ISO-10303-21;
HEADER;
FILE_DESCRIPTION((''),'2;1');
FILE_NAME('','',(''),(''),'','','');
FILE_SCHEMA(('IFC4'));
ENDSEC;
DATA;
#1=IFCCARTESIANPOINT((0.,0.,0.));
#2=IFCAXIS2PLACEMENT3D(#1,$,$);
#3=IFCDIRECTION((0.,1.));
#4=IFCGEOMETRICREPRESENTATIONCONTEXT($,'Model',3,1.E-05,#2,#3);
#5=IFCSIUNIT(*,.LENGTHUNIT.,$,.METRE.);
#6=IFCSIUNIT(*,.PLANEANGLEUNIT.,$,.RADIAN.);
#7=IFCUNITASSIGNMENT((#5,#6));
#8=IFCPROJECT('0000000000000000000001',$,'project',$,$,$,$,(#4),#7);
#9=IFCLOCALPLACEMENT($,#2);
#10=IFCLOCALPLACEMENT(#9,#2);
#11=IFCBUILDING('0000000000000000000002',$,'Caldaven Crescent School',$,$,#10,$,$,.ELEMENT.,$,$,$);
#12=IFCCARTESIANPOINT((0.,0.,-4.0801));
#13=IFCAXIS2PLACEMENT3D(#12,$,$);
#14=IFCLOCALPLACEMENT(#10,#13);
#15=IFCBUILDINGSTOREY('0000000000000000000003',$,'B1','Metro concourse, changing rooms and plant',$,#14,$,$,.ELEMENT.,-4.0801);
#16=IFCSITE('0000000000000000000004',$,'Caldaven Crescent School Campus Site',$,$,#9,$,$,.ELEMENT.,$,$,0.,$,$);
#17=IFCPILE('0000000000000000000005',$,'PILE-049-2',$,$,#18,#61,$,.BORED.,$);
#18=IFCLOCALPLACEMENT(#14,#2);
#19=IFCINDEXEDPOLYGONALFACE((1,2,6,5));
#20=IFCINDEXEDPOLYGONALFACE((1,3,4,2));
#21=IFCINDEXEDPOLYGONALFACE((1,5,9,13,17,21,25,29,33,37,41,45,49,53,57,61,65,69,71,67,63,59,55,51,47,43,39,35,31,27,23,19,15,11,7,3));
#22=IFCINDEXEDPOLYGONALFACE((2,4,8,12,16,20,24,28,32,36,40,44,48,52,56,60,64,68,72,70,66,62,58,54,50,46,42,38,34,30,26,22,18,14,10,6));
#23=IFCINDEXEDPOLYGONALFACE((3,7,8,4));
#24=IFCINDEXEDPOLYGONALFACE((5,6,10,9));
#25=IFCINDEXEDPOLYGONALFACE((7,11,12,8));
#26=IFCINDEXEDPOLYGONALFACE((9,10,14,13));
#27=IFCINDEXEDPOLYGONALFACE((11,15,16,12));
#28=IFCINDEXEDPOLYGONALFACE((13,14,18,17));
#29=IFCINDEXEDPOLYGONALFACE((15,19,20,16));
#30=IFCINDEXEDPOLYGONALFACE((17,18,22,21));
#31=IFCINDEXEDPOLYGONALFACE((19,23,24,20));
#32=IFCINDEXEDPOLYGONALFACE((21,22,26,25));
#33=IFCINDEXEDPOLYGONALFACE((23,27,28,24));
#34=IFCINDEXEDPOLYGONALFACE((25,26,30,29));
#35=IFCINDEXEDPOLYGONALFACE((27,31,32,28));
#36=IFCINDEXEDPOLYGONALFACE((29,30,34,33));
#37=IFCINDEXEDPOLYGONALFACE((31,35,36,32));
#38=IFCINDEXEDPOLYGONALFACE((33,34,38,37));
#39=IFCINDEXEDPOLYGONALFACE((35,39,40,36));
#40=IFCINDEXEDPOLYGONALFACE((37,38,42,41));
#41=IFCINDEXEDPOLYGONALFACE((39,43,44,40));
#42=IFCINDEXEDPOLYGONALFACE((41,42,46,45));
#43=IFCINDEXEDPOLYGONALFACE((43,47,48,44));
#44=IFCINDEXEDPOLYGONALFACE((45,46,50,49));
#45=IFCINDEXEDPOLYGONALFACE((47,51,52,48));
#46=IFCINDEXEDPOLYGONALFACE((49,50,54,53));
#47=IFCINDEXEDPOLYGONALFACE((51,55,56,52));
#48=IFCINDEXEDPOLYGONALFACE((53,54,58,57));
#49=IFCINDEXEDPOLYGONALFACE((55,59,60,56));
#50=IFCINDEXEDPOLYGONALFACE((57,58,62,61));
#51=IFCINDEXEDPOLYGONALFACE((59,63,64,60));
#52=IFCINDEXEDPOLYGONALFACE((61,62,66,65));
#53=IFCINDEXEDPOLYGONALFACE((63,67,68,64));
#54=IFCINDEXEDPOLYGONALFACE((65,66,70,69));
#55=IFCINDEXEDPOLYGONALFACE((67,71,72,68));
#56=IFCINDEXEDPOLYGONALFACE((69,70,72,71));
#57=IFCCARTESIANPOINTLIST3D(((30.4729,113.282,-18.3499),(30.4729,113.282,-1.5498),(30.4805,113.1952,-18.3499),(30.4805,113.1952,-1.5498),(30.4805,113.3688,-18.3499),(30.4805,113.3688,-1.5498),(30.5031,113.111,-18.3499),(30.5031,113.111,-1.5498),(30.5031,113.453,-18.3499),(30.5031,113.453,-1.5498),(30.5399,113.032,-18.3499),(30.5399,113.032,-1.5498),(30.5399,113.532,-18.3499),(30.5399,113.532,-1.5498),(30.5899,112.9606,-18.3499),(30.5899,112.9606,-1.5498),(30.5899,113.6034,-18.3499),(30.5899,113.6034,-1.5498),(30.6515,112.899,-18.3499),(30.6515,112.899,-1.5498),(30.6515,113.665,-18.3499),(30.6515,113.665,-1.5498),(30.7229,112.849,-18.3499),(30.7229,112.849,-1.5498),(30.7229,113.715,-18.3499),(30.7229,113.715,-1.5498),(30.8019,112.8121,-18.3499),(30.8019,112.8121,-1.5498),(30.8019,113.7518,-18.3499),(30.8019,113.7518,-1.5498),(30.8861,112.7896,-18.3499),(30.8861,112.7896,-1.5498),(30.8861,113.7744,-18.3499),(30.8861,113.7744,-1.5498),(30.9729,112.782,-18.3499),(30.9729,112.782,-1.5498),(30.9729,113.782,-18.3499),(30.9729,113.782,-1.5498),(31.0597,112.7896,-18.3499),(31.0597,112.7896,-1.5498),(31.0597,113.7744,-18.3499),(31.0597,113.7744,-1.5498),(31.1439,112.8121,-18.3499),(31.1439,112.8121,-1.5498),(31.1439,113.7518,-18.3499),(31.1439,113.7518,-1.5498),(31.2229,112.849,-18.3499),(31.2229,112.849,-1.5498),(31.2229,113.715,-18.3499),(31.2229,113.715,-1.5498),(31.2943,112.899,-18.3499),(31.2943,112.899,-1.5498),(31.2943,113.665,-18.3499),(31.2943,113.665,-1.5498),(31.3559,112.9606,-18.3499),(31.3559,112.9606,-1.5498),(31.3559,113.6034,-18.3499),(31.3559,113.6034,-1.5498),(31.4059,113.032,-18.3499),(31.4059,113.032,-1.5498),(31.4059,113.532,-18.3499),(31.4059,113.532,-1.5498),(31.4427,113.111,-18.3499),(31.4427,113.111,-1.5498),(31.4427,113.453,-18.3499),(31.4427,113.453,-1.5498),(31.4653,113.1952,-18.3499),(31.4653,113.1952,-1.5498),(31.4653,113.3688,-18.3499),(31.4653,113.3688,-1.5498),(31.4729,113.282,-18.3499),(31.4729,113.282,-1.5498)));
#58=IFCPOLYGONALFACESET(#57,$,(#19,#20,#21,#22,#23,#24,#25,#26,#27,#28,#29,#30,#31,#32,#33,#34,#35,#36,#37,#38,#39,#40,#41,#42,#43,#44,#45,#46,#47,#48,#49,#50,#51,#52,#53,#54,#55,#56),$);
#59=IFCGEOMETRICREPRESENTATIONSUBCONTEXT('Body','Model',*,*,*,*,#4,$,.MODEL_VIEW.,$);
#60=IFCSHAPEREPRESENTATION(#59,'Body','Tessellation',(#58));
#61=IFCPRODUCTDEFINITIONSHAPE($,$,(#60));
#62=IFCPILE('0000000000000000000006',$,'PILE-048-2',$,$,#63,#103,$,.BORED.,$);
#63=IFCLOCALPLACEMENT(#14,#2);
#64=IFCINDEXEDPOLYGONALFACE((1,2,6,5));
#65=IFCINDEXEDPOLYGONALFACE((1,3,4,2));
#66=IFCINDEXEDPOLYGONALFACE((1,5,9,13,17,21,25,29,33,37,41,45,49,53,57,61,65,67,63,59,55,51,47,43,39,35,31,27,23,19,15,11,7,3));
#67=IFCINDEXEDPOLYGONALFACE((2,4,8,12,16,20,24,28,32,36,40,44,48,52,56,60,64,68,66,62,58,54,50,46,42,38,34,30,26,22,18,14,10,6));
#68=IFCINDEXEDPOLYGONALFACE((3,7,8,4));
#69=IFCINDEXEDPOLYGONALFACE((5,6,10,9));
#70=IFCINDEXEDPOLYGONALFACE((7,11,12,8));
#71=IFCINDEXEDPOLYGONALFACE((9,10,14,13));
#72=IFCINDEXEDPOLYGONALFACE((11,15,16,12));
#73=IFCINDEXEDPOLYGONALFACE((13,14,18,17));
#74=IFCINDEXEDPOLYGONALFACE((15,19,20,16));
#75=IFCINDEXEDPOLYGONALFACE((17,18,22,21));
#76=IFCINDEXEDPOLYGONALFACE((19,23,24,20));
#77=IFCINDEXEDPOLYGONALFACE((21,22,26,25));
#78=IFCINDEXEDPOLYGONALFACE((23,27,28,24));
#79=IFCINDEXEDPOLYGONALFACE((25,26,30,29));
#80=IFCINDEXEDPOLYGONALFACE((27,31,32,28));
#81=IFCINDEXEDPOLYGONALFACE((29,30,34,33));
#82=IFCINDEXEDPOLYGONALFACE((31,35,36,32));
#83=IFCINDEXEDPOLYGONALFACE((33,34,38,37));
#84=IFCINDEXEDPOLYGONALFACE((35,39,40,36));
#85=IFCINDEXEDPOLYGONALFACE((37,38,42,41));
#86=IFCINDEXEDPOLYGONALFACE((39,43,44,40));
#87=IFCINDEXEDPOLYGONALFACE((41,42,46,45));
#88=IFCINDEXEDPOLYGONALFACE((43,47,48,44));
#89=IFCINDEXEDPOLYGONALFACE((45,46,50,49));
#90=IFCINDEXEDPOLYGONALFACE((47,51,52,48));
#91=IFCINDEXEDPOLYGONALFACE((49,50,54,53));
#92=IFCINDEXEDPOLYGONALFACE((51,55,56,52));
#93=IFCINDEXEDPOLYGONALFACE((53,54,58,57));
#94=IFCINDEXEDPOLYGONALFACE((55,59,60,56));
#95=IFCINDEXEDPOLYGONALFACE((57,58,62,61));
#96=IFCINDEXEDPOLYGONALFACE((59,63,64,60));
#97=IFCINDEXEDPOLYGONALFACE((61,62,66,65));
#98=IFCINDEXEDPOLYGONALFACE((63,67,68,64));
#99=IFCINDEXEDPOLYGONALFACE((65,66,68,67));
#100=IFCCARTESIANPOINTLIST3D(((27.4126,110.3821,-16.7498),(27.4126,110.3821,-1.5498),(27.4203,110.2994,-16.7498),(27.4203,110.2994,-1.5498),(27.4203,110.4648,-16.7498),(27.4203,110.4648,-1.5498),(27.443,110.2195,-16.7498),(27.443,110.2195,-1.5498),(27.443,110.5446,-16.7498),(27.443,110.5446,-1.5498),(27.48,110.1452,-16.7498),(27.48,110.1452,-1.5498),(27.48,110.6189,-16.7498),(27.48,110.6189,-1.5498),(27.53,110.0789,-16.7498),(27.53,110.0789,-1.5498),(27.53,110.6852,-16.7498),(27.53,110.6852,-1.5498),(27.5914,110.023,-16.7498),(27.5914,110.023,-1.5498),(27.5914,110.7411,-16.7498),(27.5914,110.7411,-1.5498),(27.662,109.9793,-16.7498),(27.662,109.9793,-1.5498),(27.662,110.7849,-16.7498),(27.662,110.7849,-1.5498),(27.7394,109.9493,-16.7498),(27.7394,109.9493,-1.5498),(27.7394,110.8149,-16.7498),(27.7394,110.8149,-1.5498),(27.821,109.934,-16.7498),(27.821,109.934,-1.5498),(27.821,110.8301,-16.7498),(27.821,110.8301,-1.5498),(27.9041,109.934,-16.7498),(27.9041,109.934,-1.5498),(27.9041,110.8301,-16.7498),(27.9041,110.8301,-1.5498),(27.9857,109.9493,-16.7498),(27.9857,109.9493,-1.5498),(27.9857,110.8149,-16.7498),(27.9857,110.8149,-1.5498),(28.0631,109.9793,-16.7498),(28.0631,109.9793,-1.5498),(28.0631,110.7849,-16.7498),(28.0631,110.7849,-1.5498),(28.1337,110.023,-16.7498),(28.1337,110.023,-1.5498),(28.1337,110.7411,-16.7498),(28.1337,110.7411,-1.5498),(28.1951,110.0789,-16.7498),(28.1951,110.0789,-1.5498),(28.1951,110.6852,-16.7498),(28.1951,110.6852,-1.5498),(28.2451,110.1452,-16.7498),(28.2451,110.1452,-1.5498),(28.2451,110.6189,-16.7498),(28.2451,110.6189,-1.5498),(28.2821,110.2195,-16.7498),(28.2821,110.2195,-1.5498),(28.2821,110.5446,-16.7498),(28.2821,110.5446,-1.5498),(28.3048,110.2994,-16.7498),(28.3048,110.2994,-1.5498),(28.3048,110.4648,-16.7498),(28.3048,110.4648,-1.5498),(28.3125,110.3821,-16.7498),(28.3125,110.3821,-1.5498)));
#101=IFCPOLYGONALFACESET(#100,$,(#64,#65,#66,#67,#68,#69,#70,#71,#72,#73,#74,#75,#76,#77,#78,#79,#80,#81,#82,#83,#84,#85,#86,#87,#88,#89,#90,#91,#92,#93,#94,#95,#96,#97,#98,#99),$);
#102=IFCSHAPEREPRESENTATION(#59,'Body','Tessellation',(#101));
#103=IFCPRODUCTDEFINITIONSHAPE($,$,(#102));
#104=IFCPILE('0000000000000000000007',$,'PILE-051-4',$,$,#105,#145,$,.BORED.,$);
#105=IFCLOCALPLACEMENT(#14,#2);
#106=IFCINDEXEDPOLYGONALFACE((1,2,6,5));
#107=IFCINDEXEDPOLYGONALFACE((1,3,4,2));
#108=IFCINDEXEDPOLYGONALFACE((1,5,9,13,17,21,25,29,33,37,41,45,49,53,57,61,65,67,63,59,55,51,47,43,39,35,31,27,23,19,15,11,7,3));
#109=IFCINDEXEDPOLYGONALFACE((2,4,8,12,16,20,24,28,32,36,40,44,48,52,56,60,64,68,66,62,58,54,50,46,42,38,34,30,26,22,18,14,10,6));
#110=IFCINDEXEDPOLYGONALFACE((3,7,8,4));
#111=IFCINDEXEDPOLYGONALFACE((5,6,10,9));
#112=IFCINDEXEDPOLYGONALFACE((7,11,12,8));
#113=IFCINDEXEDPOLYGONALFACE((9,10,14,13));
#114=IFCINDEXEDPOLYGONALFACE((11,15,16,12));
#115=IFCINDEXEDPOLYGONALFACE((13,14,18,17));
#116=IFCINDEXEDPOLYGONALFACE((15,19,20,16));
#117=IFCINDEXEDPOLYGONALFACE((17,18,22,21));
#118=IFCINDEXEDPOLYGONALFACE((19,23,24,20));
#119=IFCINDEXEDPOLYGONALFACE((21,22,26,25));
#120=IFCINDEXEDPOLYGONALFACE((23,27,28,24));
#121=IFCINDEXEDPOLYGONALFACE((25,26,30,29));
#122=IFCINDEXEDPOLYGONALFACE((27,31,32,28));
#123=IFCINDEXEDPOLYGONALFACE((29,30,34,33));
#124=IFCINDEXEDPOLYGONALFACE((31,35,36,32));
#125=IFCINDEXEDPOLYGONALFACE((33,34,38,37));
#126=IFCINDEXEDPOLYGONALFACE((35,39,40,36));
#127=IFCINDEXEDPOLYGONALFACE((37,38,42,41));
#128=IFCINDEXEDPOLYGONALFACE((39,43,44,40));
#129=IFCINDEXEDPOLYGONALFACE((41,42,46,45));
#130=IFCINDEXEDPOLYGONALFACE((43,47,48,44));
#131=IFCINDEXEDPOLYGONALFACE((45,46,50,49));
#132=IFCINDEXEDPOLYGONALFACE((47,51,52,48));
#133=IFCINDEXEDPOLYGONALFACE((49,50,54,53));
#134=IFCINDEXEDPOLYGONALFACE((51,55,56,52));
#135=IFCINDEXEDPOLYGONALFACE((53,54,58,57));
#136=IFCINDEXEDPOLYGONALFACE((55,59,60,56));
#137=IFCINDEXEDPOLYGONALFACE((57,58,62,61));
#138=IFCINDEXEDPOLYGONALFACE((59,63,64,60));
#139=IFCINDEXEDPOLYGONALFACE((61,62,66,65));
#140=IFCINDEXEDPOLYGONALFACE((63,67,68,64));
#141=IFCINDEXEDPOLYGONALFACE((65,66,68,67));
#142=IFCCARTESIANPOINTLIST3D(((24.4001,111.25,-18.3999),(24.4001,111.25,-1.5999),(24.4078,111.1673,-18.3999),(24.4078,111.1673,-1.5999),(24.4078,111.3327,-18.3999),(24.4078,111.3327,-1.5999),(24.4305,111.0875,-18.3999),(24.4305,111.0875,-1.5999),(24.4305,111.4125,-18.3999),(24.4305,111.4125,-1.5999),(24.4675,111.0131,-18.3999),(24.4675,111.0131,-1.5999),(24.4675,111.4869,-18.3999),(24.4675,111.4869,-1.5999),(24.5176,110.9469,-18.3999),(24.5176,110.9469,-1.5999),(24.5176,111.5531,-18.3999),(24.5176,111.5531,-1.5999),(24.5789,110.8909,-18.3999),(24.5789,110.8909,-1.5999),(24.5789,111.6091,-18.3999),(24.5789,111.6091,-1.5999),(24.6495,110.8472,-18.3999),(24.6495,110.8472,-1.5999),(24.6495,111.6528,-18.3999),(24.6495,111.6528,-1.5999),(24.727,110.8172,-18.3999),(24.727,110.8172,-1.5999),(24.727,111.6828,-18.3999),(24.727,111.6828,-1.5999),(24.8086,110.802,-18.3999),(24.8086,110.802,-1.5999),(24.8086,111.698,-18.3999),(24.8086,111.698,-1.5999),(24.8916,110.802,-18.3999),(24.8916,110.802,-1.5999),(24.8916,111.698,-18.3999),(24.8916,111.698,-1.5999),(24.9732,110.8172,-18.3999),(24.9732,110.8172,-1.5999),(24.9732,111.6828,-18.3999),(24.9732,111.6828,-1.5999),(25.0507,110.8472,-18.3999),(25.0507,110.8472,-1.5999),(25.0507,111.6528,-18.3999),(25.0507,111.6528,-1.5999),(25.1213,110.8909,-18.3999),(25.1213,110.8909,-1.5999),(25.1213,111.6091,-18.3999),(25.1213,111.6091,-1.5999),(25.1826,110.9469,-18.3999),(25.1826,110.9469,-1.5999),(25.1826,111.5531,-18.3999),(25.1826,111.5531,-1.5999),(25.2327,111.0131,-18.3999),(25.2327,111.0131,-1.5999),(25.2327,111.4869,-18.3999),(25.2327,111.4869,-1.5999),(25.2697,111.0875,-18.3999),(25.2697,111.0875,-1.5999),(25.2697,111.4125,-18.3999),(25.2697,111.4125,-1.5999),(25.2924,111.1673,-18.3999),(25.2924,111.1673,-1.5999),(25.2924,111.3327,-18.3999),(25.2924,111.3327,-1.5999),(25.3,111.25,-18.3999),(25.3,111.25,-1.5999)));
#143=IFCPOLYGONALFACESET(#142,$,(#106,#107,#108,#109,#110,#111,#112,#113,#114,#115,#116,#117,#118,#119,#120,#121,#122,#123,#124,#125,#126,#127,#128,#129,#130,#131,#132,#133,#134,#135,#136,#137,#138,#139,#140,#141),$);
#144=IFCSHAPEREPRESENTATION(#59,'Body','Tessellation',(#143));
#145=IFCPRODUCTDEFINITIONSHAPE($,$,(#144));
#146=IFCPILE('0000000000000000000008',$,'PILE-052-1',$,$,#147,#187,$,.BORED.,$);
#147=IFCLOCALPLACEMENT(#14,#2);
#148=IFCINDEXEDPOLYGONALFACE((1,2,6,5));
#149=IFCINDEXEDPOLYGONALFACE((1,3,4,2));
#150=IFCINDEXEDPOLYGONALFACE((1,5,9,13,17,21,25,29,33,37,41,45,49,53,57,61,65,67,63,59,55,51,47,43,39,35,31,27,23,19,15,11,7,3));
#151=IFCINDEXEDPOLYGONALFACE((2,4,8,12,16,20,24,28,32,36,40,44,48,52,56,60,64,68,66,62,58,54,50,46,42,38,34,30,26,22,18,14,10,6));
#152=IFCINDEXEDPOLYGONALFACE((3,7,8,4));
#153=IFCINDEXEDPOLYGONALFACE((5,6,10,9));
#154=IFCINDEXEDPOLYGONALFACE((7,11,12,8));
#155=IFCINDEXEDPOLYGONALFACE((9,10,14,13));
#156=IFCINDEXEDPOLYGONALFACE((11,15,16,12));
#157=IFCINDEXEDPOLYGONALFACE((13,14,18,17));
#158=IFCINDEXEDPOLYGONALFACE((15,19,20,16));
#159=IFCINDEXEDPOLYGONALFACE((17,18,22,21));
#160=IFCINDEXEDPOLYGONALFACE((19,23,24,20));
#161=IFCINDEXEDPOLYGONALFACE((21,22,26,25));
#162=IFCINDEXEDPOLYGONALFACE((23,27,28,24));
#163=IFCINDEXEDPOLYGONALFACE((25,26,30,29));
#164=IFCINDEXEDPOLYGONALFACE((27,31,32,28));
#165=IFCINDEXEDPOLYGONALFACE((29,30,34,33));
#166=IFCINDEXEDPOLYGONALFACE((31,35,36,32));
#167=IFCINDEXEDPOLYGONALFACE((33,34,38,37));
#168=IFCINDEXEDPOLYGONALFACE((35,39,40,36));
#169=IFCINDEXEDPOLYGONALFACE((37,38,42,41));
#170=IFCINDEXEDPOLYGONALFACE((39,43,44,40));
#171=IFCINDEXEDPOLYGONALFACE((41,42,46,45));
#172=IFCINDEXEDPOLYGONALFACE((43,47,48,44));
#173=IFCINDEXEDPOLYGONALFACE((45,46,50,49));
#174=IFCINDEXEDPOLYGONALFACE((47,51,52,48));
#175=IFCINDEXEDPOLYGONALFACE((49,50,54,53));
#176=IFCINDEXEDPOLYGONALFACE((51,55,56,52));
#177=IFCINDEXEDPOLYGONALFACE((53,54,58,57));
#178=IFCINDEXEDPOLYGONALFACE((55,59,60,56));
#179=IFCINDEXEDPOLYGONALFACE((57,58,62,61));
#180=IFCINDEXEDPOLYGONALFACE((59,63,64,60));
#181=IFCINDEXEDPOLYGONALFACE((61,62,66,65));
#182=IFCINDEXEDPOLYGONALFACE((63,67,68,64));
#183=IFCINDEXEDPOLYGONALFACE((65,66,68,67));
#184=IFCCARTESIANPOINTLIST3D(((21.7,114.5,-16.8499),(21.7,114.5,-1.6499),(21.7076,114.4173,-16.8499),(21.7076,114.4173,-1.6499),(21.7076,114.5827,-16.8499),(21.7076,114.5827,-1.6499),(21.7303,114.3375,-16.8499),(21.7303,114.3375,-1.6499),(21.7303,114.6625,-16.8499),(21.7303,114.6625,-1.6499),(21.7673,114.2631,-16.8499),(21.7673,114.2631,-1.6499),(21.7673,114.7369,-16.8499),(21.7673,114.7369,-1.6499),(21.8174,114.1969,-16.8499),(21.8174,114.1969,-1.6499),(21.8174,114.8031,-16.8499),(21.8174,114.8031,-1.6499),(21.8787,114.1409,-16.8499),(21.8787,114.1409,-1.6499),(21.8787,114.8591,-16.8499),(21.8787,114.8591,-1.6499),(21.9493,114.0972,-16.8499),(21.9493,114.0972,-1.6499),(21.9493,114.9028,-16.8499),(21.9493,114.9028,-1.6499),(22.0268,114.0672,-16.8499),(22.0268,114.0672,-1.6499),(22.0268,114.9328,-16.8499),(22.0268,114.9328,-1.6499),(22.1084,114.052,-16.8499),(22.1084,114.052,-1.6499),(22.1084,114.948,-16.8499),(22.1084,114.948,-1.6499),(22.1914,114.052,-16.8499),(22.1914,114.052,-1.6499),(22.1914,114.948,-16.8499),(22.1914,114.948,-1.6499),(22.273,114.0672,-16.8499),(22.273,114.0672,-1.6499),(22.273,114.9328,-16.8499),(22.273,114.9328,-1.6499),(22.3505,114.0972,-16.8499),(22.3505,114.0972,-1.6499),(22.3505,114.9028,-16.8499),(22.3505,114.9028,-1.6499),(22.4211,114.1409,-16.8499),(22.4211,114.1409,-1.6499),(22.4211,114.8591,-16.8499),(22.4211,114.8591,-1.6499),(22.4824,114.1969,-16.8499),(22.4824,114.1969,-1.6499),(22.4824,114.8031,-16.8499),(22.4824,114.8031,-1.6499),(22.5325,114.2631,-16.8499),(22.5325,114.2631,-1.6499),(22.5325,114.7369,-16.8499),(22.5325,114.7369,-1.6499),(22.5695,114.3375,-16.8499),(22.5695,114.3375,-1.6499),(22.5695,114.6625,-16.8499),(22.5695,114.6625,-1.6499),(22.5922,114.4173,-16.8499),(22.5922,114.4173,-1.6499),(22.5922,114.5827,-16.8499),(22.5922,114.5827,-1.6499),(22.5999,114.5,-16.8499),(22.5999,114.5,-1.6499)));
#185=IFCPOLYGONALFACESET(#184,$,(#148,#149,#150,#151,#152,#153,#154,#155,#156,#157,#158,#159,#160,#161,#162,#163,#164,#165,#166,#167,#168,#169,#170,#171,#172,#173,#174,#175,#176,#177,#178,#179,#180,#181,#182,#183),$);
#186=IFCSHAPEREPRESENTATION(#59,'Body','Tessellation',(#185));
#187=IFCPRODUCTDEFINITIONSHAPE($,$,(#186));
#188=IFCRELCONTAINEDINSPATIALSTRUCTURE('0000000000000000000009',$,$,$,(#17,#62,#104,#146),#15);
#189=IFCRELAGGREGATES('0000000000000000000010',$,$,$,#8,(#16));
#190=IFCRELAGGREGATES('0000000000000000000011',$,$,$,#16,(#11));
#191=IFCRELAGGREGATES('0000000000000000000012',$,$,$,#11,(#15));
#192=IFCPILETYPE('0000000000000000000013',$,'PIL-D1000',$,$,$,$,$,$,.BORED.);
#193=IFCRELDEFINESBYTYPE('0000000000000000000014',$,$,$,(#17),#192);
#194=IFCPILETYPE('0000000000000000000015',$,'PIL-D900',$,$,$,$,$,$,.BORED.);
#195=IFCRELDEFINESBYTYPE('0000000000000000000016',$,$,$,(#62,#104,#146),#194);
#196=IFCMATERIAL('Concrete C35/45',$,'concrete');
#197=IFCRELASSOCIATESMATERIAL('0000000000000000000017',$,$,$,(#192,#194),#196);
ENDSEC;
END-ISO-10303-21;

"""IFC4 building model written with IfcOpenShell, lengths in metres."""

from ifc_helpers import new_model, si_unit, direction, frame, origin, origin_2d, place, context, subcontext, project, spatial, circle, extrude, material, material_profile, profile_set, type_object, element, save


model = new_model("IFC4")

# Units and contexts
model_context = context("Model", 3, precision=1e-05, world=origin(), true_north=direction((0.0, 1.0)))
body_context = subcontext(model_context, "Body", "Model", "MODEL_VIEW")
ifc_project = project(units=[si_unit("LENGTHUNIT", "METRE"), si_unit("PLANEANGLEUNIT", "RADIAN")], contexts=[model_context])

# Site, building, storey
site_placement = place(None, origin())
site = spatial("IfcSite", under=ifc_project, at=site_placement, Name="Caldaven Crescent School Campus Site", CompositionType="ELEMENT", RefElevation=0.0)
building_placement = place(site_placement, origin())
building = spatial("IfcBuilding", under=site, at=building_placement, Name="Caldaven Crescent School", CompositionType="ELEMENT")
storey_placement = place(building_placement, frame((0.0, 0.0, -4.0801)))
storey = spatial("IfcBuildingStorey", under=building, at=storey_placement, Name="B1", Description="Metro concourse, changing rooms and plant", CompositionType="ELEMENT", Elevation=-4.0801)

# Shared definitions
ifc_material_1 = material(Name="Concrete C35/45", Category="concrete")

# Piles
ifc_material_profile_1 = material_profile(ifc_material_1, circle(Radius=0.5, at=origin_2d()), Name="PILE D1000")
ifc_profile_set_1 = profile_set([ifc_material_profile_1], Name="Concrete C35/45")
pile_type_1 = type_object("IfcPileType", Name="PIL-D1000", PredefinedType="BORED", material=ifc_profile_set_1)
for number, where, z_axis, x_axis, name in (
    (1, (30.9729, 113.282, -1.5498), (0.0, 0.0, -1.0), (1.0, 0.0, 0.0), "PILE-049-2"),
):
    element("IfcPile", number, at=place(storey_placement, frame(where, z_axis=z_axis, x_axis=x_axis)), inside=storey, type_object=pile_type_1, Name=name, PredefinedType="BORED", context=body_context, shape_type="SweptSolid", body=[
        extrude(circle(Radius=0.5, at=origin_2d()), origin(), (0.0, 0.0, 1.0), 16.8),
    ])
ifc_material_profile_2 = material_profile(ifc_material_1, circle(Radius=0.45, at=origin_2d()), Name="PILE D900")
ifc_profile_set_2 = profile_set([ifc_material_profile_2], Name="Concrete C35/45")
pile_type_2 = type_object("IfcPileType", Name="PIL-D900", PredefinedType="BORED", material=ifc_profile_set_2)
pile_1_placement = place(storey_placement, frame((27.8625, 110.3821, -1.5498), z_axis=(0.0, 0.0, -1.0), x_axis=(1.0, 0.0, 0.0)))
element("IfcPile", 2, at=pile_1_placement, inside=storey, type_object=pile_type_2, Name="PILE-048-2", PredefinedType="BORED", context=body_context, shape_type="SweptSolid", body=[
    extrude(circle(Radius=0.45, at=origin_2d()), origin(), (0.0, 0.0, 1.0), 15.2),
])
pile_2_placement = place(storey_placement, frame((24.8501, 111.25, -1.5999), z_axis=(0.0, 0.0, -1.0), x_axis=(1.0, 0.0, 0.0)))
element("IfcPile", 3, at=pile_2_placement, inside=storey, type_object=pile_type_2, Name="PILE-051-4", PredefinedType="BORED", context=body_context, shape_type="SweptSolid", body=[
    extrude(circle(Radius=0.45, at=origin_2d()), origin(), (0.0, 0.0, 1.0), 16.8),
])
for number, where, z_axis, x_axis, name in (
    (4, (22.1499, 114.5, -1.6499), (0.0, 0.0, -1.0), (1.0, 0.0, 0.0), "PILE-052-1"),
):
    element("IfcPile", number, at=place(storey_placement, frame(where, z_axis=z_axis, x_axis=x_axis)), inside=storey, type_object=pile_type_2, Name=name, PredefinedType="BORED", context=body_context, shape_type="SweptSolid", body=[
        extrude(circle(Radius=0.45, at=origin_2d()), origin(), (0.0, 0.0, 1.0), 15.2),
    ])

save(model, "model.ifc")
